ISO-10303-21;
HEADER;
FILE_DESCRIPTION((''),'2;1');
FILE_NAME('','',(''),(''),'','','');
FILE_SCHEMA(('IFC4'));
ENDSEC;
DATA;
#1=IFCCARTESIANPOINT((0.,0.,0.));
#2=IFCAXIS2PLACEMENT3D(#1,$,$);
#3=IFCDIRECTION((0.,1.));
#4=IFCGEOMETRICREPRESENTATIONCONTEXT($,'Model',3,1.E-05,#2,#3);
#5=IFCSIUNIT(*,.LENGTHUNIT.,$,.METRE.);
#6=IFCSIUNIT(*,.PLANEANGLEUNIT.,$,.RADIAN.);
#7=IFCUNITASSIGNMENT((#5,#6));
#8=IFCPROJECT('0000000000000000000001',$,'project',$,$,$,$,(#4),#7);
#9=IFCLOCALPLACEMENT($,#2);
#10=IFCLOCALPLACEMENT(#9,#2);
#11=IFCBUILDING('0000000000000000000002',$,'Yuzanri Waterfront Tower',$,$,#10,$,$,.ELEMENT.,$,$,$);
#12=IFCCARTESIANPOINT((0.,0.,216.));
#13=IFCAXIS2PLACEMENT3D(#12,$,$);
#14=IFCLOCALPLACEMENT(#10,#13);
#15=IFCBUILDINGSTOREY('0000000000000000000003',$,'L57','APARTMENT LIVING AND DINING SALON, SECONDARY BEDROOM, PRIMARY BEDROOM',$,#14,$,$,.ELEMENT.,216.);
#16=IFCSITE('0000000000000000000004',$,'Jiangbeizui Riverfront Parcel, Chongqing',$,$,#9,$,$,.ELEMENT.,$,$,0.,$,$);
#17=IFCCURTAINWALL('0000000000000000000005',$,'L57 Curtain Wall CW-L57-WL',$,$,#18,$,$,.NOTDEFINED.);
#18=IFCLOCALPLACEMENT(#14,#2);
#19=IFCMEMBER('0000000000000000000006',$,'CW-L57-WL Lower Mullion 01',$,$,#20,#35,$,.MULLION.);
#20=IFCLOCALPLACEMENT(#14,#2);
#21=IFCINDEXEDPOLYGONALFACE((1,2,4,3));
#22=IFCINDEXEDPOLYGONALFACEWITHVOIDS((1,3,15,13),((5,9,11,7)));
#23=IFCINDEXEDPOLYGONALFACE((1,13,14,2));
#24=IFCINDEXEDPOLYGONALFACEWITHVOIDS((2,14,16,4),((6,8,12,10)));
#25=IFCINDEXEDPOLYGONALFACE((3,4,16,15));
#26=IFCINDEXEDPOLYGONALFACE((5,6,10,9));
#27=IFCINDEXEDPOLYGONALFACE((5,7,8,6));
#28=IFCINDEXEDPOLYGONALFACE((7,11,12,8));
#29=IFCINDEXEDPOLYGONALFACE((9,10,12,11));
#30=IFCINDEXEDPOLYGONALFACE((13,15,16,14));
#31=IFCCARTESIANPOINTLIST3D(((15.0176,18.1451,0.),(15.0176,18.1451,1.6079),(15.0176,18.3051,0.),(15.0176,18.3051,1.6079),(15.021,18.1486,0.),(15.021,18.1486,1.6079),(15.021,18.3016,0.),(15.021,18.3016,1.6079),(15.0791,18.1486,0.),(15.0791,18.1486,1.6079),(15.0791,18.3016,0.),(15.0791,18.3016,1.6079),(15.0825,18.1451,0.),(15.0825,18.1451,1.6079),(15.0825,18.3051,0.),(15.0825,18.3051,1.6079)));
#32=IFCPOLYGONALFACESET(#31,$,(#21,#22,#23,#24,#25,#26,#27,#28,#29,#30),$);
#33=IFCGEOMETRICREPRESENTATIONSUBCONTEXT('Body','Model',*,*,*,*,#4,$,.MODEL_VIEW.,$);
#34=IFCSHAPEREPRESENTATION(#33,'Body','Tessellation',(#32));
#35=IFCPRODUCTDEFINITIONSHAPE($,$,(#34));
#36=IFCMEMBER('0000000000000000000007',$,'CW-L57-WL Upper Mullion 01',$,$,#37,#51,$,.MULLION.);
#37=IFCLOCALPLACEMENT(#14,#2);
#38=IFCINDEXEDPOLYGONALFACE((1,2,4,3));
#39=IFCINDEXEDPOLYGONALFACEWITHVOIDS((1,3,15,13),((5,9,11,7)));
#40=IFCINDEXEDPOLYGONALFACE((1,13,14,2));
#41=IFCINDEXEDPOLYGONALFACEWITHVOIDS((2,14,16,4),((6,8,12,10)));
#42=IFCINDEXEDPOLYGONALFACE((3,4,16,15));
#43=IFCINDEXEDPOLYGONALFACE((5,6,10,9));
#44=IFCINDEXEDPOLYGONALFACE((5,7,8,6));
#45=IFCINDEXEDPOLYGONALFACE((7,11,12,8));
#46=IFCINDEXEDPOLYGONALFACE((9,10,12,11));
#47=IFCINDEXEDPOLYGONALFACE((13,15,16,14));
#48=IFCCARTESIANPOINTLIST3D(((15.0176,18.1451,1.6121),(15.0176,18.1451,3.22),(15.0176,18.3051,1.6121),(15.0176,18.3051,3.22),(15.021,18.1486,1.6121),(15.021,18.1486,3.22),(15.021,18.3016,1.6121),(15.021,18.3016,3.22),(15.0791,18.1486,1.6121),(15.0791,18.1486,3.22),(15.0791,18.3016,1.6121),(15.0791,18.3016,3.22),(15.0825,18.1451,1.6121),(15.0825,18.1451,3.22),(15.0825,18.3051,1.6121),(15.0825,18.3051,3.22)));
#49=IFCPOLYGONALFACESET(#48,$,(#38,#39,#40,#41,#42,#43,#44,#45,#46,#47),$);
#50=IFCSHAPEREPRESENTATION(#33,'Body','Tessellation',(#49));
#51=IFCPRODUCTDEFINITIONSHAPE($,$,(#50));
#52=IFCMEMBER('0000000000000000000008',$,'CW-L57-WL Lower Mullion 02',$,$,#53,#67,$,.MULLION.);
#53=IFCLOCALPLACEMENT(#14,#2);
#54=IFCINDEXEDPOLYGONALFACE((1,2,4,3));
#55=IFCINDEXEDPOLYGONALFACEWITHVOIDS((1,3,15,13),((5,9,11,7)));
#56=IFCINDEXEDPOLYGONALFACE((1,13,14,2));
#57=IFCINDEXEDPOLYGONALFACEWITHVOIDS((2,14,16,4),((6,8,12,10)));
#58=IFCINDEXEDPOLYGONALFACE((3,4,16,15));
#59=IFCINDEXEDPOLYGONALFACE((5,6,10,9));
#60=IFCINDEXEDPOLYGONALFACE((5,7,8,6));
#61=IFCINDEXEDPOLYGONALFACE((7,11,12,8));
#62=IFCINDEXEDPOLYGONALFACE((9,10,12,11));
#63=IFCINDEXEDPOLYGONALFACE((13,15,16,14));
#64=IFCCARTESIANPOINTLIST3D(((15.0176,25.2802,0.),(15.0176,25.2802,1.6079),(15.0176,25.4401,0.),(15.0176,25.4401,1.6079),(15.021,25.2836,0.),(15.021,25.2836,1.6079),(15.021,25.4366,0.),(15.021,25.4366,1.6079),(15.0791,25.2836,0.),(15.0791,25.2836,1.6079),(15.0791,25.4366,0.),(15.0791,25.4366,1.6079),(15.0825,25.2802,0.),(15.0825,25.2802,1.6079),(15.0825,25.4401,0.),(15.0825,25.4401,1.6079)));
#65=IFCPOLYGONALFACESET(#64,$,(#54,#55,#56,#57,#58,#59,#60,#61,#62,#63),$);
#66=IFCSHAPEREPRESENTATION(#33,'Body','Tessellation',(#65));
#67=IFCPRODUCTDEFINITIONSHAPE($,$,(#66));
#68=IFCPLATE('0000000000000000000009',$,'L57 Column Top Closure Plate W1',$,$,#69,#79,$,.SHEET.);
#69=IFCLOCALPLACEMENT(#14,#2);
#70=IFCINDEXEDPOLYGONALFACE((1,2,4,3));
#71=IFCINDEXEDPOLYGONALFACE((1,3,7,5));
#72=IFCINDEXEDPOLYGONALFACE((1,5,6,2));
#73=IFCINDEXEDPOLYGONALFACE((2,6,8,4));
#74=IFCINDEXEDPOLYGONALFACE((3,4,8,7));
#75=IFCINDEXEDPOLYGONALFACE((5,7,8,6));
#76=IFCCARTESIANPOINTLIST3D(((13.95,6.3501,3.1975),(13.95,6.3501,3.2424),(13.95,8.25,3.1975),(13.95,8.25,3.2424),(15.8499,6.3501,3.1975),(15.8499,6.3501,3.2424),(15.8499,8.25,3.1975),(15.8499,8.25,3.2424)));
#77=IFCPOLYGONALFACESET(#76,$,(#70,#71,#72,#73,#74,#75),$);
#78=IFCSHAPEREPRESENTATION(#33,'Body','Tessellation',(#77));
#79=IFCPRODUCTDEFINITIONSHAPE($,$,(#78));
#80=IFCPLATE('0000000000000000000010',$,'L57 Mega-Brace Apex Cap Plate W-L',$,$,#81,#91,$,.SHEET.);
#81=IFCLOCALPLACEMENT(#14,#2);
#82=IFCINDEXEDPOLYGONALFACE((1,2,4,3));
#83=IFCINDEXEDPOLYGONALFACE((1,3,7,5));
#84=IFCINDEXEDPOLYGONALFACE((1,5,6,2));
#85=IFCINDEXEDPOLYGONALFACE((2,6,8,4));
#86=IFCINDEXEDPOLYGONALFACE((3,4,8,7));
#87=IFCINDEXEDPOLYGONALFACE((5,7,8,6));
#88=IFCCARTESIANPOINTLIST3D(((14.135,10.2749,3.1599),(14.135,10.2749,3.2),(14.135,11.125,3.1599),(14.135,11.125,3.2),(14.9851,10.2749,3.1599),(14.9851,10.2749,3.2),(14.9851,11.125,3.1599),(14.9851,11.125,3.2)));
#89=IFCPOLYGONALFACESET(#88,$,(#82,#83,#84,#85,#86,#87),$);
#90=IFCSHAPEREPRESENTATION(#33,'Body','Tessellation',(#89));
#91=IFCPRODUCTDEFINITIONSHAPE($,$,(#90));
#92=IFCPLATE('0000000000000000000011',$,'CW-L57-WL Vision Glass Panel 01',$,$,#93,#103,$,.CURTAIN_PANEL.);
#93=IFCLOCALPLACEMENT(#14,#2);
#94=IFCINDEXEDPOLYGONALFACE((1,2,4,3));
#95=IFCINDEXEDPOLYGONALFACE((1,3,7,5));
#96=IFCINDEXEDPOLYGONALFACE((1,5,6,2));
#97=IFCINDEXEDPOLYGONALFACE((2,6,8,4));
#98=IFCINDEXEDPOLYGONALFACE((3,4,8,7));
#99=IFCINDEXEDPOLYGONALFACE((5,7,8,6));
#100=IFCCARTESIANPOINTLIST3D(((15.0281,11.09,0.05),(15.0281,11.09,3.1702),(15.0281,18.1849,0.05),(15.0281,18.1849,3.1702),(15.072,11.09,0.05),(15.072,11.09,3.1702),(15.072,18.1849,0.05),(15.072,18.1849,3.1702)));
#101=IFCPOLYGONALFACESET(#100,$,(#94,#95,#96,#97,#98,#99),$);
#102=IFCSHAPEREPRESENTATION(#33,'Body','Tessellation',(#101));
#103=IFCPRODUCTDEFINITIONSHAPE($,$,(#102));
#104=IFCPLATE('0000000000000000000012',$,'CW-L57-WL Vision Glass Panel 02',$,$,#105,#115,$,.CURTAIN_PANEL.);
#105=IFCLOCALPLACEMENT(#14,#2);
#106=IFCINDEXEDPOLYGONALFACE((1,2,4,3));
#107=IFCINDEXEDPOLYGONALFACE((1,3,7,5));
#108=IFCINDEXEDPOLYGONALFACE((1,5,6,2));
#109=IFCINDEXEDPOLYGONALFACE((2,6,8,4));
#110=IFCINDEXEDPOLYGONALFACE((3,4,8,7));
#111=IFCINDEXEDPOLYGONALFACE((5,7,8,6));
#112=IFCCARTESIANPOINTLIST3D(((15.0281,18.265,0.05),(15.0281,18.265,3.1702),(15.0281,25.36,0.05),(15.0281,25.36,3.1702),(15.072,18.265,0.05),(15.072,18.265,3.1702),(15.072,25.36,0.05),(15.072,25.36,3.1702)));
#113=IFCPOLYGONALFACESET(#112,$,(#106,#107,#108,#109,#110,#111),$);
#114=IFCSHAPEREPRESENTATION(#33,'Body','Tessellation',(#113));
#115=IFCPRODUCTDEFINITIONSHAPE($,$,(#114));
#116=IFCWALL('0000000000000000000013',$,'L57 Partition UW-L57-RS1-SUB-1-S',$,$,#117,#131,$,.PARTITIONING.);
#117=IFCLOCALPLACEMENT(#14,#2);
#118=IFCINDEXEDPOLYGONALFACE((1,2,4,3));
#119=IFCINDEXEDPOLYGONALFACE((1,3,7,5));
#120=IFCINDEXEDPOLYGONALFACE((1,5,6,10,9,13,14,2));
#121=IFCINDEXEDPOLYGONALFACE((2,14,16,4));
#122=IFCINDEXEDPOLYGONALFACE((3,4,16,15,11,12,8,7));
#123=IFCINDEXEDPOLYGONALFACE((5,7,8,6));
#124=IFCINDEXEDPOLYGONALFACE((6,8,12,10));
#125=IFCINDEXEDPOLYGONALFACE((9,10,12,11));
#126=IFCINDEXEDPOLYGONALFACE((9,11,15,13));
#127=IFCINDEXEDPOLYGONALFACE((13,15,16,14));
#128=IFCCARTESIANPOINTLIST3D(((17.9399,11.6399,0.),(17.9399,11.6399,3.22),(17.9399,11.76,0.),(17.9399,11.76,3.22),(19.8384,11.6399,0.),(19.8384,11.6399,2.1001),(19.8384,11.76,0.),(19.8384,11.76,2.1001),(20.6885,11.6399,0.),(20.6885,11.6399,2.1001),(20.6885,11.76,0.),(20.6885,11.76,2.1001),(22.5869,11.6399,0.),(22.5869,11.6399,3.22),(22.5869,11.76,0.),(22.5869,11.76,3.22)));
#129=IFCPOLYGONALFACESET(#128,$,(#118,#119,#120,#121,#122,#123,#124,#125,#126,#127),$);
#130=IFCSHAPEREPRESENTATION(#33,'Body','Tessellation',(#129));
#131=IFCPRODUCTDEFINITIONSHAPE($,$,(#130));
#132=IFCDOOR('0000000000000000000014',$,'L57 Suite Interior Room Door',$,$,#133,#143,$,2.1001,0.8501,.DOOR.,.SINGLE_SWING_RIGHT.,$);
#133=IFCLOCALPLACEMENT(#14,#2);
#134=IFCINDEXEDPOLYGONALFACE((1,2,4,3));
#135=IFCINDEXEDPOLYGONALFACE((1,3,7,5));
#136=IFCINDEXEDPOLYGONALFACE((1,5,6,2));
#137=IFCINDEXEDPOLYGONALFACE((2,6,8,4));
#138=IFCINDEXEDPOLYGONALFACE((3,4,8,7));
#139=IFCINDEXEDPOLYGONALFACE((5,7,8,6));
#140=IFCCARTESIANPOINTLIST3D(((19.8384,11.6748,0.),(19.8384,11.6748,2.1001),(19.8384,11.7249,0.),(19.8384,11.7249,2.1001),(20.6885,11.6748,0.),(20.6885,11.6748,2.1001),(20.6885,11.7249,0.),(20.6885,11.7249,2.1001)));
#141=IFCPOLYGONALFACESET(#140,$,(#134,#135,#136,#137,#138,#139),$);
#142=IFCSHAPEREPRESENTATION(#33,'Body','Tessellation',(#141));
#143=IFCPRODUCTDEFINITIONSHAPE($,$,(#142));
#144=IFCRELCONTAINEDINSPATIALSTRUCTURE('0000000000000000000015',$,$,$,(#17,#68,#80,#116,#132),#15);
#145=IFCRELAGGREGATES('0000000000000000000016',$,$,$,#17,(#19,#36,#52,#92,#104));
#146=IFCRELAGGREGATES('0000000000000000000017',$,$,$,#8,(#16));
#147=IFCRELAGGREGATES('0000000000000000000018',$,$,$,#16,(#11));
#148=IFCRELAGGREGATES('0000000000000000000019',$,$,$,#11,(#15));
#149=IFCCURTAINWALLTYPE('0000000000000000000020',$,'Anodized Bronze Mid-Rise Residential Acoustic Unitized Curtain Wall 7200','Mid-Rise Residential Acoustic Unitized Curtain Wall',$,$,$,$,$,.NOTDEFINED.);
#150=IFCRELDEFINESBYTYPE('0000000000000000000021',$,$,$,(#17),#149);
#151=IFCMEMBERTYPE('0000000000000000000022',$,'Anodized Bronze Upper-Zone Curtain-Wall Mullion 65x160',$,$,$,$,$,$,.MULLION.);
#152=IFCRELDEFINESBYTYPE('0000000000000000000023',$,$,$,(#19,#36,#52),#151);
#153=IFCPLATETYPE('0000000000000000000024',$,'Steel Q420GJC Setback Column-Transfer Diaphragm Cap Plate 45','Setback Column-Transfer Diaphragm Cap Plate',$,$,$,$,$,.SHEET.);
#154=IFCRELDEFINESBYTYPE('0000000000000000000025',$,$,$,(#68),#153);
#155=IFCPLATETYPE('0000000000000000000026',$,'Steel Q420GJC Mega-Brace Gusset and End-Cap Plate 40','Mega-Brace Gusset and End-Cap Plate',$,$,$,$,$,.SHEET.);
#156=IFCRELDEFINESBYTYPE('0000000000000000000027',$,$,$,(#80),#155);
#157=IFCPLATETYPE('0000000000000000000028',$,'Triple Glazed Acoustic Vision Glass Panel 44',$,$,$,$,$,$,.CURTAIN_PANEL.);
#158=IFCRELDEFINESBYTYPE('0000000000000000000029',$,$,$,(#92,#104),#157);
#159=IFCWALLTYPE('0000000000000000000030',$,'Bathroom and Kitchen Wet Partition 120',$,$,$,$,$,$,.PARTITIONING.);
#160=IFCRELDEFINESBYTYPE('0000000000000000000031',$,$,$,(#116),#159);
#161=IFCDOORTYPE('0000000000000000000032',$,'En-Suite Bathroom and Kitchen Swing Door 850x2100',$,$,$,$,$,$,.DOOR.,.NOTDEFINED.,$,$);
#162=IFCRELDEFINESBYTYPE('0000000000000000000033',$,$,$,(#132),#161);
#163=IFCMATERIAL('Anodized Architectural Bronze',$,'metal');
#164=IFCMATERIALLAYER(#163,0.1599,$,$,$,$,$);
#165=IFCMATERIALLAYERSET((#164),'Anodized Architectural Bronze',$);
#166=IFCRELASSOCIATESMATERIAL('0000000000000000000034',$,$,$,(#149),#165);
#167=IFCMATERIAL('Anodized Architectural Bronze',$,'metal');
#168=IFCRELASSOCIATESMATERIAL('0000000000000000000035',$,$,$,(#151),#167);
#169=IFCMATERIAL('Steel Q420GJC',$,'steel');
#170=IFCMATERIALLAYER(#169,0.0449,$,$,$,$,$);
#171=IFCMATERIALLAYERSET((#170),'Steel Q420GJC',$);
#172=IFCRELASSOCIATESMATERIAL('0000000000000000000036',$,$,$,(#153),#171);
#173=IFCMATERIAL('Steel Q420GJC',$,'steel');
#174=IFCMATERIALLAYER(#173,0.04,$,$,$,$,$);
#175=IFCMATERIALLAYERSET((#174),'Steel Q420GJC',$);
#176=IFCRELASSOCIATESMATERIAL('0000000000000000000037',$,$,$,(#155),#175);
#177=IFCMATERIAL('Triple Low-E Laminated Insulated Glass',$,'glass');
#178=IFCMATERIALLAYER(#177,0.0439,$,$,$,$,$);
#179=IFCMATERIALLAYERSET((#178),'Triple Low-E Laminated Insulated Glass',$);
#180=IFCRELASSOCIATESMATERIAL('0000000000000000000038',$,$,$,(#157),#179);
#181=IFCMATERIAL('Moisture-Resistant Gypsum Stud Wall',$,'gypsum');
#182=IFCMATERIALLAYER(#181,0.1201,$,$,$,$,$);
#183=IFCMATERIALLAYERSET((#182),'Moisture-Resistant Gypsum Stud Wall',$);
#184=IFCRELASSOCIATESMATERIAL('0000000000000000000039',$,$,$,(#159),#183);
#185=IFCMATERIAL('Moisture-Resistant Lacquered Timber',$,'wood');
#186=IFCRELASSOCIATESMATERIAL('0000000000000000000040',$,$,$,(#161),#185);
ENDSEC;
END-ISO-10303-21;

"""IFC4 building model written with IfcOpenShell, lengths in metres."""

from ifc_helpers import new_model, si_unit, direction, frame, frame_2d, origin, origin_2d, place, context, subcontext, project, spatial, rectangle, hollow_rectangle, extrude, source, transform, mapped, material, layer, layer_set, material_profile, profile_set, type_object, element, fill, aggregate, save


model = new_model("IFC4")

# Units and contexts
model_context = context("Model", 3, precision=1e-05, world=origin(), true_north=direction((0.0, 1.0)))
body_context = subcontext(model_context, "Body", "Model", "MODEL_VIEW")
ifc_project = project(units=[si_unit("LENGTHUNIT", "METRE"), si_unit("PLANEANGLEUNIT", "RADIAN")], contexts=[model_context])

# Site, building, storey
site_placement = place(None, origin())
site = spatial("IfcSite", under=ifc_project, at=site_placement, Name="Jiangbeizui Riverfront Parcel, Chongqing", CompositionType="ELEMENT", RefElevation=0.0)
building_placement = place(site_placement, origin())
building = spatial("IfcBuilding", under=site, at=building_placement, Name="Yuzanri Waterfront Tower", CompositionType="ELEMENT")
storey_placement = place(building_placement, frame((0.0, 0.0, 216.0)))
storey = spatial("IfcBuildingStorey", under=building, at=storey_placement, Name="L57", Description="APARTMENT LIVING AND DINING SALON, SECONDARY BEDROOM, PRIMARY BEDROOM", CompositionType="ELEMENT", Elevation=216.0)

# Curtain wall, members
ifc_material_1 = material(Name="Anodized Architectural Bronze", Category="metal")
ifc_layer_1 = layer(ifc_material_1, 0.1599)
ifc_layer_set_1 = layer_set([ifc_layer_1], Name="Anodized Architectural Bronze")
curtain_wall_type = type_object("IfcCurtainWallType", Name="Anodized Bronze Mid-Rise Residential Acoustic Unitized Curtain Wall 7200", Description="Mid-Rise Residential Acoustic Unitized Curtain Wall", PredefinedType="NOTDEFINED", material=ifc_layer_set_1)
curtain_wall_placement = place(storey_placement, origin())
curtain_wall = element("IfcCurtainWall", 1, at=curtain_wall_placement, inside=storey, type_object=curtain_wall_type, Name="L57 Curtain Wall CW-L57-WL", PredefinedType="NOTDEFINED")
ifc_material_2 = material(Name="Anodized Architectural Bronze", Category="metal")
ifc_material_profile_1 = material_profile(ifc_material_2, hollow_rectangle(XDim=0.0649, YDim=0.1599, WallThickness=0.0034, at=origin_2d()), Name="CWM 65x160")
ifc_profile_set_1 = profile_set([ifc_material_profile_1], Name="Anodized Architectural Bronze")
member_type_1 = type_object("IfcMemberType", Name="Anodized Bronze Upper-Zone Curtain-Wall Mullion 65x160", PredefinedType="MULLION", material=ifc_profile_set_1)
shared_shape_1 = source(origin(), body_context, "Body", "SweptSolid", [
    extrude(hollow_rectangle(XDim=0.0649, YDim=0.1599, WallThickness=0.0034, at=origin_2d()), origin(), (0.0, 0.0, 1.0), 1.6079),
])
member_1_placement = place(storey_placement, frame((15.05, 18.2251, 0.0), z_axis=(0.0, 0.0, 1.0), x_axis=(1.0, 0.0, 0.0)))
member_1 = element("IfcMember", 2, at=member_1_placement, type_object=member_type_1, Name="CW-L57-WL Lower Mullion 01", PredefinedType="MULLION", context=body_context, shape_type="MappedRepresentation", body=[
    mapped(shared_shape_1, transform((0.0, 0.0, 0.0), scale=1.0)),
])
member_2_placement = place(storey_placement, frame((15.05, 18.2251, 1.6121), z_axis=(0.0, 0.0, 1.0), x_axis=(1.0, 0.0, 0.0)))
member_2 = element("IfcMember", 3, at=member_2_placement, type_object=member_type_1, Name="CW-L57-WL Upper Mullion 01", PredefinedType="MULLION", context=body_context, shape_type="MappedRepresentation", body=[
    mapped(shared_shape_1, transform((0.0, 0.0, 0.0), scale=1.0)),
])
member_3_placement = place(storey_placement, frame((15.05, 25.3601, 0.0), z_axis=(0.0, 0.0, 1.0), x_axis=(1.0, 0.0, 0.0)))
member_3 = element("IfcMember", 4, at=member_3_placement, type_object=member_type_1, Name="CW-L57-WL Lower Mullion 02", PredefinedType="MULLION", context=body_context, shape_type="MappedRepresentation", body=[
    mapped(shared_shape_1, transform((0.0, 0.0, 0.0), scale=1.0)),
])

# Plates
ifc_material_3 = material(Name="Steel Q420GJC", Category="steel")
ifc_layer_2 = layer(ifc_material_3, 0.0449)
ifc_layer_set_2 = layer_set([ifc_layer_2], Name="Steel Q420GJC")
plate_type_1 = type_object("IfcPlateType", Name="Steel Q420GJC Setback Column-Transfer Diaphragm Cap Plate 45", Description="Setback Column-Transfer Diaphragm Cap Plate", PredefinedType="SHEET", material=ifc_layer_set_2)
shared_shape_2 = source(origin(), body_context, "Body", "SweptSolid", [
    extrude(rectangle(XDim=1.8999, YDim=1.8999, at=origin_2d()), origin(), (0.0, 0.0, 1.0), 0.0449),
])
plate_1_placement = place(storey_placement, frame((14.8999, 7.3, 3.1975), z_axis=(0.0, 0.0, 1.0), x_axis=(1.0, 0.0, 0.0)))
element("IfcPlate", 5, at=plate_1_placement, inside=storey, type_object=plate_type_1, Name="L57 Column Top Closure Plate W1", PredefinedType="SHEET", context=body_context, shape_type="MappedRepresentation", body=[
    mapped(shared_shape_2, transform((0.0, 0.0, 0.0), scale=1.0)),
])
ifc_material_4 = material(Name="Steel Q420GJC", Category="steel")
ifc_layer_3 = layer(ifc_material_4, 0.04)
ifc_layer_set_3 = layer_set([ifc_layer_3], Name="Steel Q420GJC")
plate_type_2 = type_object("IfcPlateType", Name="Steel Q420GJC Mega-Brace Gusset and End-Cap Plate 40", Description="Mega-Brace Gusset and End-Cap Plate", PredefinedType="SHEET", material=ifc_layer_set_3)
shared_shape_3 = source(origin(), body_context, "Body", "SweptSolid", [
    extrude(rectangle(XDim=0.8501, YDim=0.8501, at=origin_2d()), origin(), (0.0, 0.0, 1.0), 0.04),
])
plate_2_placement = place(storey_placement, frame((14.5601, 10.7, 3.1599), z_axis=(0.0, 0.0, 1.0), x_axis=(1.0, 0.0, 0.0)))
element("IfcPlate", 6, at=plate_2_placement, inside=storey, type_object=plate_type_2, Name="L57 Mega-Brace Apex Cap Plate W-L", PredefinedType="SHEET", context=body_context, shape_type="MappedRepresentation", body=[
    mapped(shared_shape_3, transform((0.0, 0.0, 0.0), scale=1.0)),
])

# Plates
ifc_material_5 = material(Name="Triple Low-E Laminated Insulated Glass", Category="glass")
ifc_layer_4 = layer(ifc_material_5, 0.0439)
ifc_layer_set_4 = layer_set([ifc_layer_4], Name="Triple Low-E Laminated Insulated Glass")
plate_type_3 = type_object("IfcPlateType", Name="Triple Glazed Acoustic Vision Glass Panel 44", PredefinedType="CURTAIN_PANEL", material=ifc_layer_set_4)
shared_shape_4 = source(origin(), body_context, "Body", "SweptSolid", [
    extrude(rectangle(XDim=7.095, YDim=0.0439, at=origin_2d()), origin(), (0.0, 0.0, 1.0), 3.1201),
])
plate_3_placement = place(storey_placement, frame((15.05, 14.6375, 0.05), z_axis=(0.0, 0.0, 1.0), x_axis=(0.0, 1.0, 0.0)))
plate_3 = element("IfcPlate", 7, at=plate_3_placement, type_object=plate_type_3, Name="CW-L57-WL Vision Glass Panel 01", PredefinedType="CURTAIN_PANEL", context=body_context, shape_type="MappedRepresentation", body=[
    mapped(shared_shape_4, transform((0.0, 0.0, 0.0), scale=1.0)),
])
plate_4_placement = place(storey_placement, frame((15.05, 21.8125, 0.05), z_axis=(0.0, 0.0, 1.0), x_axis=(0.0, 1.0, 0.0)))
plate_4 = element("IfcPlate", 8, at=plate_4_placement, type_object=plate_type_3, Name="CW-L57-WL Vision Glass Panel 02", PredefinedType="CURTAIN_PANEL", context=body_context, shape_type="MappedRepresentation", body=[
    mapped(shared_shape_4, transform((0.0, 0.0, 0.0), scale=1.0)),
])
aggregate(curtain_wall, [member_1, member_2, member_3, plate_3, plate_4])

# Wall, opening, door
ifc_material_6 = material(Name="Moisture-Resistant Gypsum Stud Wall", Category="gypsum")
ifc_layer_5 = layer(ifc_material_6, 0.1201)
ifc_layer_set_5 = layer_set([ifc_layer_5], Name="Moisture-Resistant Gypsum Stud Wall")
wall_type_1 = type_object("IfcWallType", Name="Bathroom and Kitchen Wet Partition 120", PredefinedType="PARTITIONING", material=ifc_layer_set_5)
wall_1_placement = place(storey_placement, frame((17.9399, 11.7, 0.0), z_axis=(0.0, 0.0, 1.0), x_axis=(1.0, 0.0, 0.0)))
wall_1 = element("IfcWall", 9, at=wall_1_placement, inside=storey, type_object=wall_type_1, Name="L57 Partition UW-L57-RS1-SUB-1-S", PredefinedType="PARTITIONING", context=body_context, shape_type="SweptSolid", body=[
    extrude(rectangle(XDim=4.647, YDim=0.1201, at=frame_2d((2.3235, 0.0))), origin(), (0.0, 0.0, 1.0), 3.22),
])
opening_1_placement = place(wall_1_placement, frame((1.8984, 0.0, 0.0)))
opening_1 = element("IfcOpeningElement", 10, at=opening_1_placement, cuts=wall_1, PredefinedType="OPENING", context=body_context, shape_type="SweptSolid", body=[
    extrude(rectangle(XDim=0.8501, YDim=2.1001, at=frame_2d((0.425, 1.05))), frame((0.0, 0.075, 0.0), z_axis=(0.0, -1.0, 0.0), x_axis=(1.0, 0.0, 0.0)), (0.0, 0.0, 1.0), 0.1499),
])
ifc_material_7 = material(Name="Moisture-Resistant Lacquered Timber", Category="wood")
door_type_1 = type_object("IfcDoorType", Name="En-Suite Bathroom and Kitchen Swing Door 850x2100", OperationType="NOTDEFINED", PredefinedType="DOOR", material=ifc_material_7)
shared_shape_5 = source(origin(), body_context, "Body", "SweptSolid", [
    extrude(rectangle(XDim=0.8501, YDim=2.1001, at=frame_2d((0.425, 1.05))), frame((0.0, 0.0249, 0.0), z_axis=(0.0, -1.0, 0.0), x_axis=(1.0, 0.0, 0.0)), (0.0, 0.0, 1.0), 0.05),
])
door_1_placement = place(opening_1_placement, origin())
door_1 = element("IfcDoor", 11, at=door_1_placement, inside=storey, type_object=door_type_1, Name="L57 Suite Interior Room Door", OperationType="SINGLE_SWING_RIGHT", OverallHeight=2.1001, OverallWidth=0.8501, PredefinedType="DOOR", context=body_context, shape_type="MappedRepresentation", body=[
    mapped(shared_shape_5, transform((0.0, 0.0, 0.0), scale=1.0)),
])
fill(opening_1, door_1)

save(model, "model.ifc")
